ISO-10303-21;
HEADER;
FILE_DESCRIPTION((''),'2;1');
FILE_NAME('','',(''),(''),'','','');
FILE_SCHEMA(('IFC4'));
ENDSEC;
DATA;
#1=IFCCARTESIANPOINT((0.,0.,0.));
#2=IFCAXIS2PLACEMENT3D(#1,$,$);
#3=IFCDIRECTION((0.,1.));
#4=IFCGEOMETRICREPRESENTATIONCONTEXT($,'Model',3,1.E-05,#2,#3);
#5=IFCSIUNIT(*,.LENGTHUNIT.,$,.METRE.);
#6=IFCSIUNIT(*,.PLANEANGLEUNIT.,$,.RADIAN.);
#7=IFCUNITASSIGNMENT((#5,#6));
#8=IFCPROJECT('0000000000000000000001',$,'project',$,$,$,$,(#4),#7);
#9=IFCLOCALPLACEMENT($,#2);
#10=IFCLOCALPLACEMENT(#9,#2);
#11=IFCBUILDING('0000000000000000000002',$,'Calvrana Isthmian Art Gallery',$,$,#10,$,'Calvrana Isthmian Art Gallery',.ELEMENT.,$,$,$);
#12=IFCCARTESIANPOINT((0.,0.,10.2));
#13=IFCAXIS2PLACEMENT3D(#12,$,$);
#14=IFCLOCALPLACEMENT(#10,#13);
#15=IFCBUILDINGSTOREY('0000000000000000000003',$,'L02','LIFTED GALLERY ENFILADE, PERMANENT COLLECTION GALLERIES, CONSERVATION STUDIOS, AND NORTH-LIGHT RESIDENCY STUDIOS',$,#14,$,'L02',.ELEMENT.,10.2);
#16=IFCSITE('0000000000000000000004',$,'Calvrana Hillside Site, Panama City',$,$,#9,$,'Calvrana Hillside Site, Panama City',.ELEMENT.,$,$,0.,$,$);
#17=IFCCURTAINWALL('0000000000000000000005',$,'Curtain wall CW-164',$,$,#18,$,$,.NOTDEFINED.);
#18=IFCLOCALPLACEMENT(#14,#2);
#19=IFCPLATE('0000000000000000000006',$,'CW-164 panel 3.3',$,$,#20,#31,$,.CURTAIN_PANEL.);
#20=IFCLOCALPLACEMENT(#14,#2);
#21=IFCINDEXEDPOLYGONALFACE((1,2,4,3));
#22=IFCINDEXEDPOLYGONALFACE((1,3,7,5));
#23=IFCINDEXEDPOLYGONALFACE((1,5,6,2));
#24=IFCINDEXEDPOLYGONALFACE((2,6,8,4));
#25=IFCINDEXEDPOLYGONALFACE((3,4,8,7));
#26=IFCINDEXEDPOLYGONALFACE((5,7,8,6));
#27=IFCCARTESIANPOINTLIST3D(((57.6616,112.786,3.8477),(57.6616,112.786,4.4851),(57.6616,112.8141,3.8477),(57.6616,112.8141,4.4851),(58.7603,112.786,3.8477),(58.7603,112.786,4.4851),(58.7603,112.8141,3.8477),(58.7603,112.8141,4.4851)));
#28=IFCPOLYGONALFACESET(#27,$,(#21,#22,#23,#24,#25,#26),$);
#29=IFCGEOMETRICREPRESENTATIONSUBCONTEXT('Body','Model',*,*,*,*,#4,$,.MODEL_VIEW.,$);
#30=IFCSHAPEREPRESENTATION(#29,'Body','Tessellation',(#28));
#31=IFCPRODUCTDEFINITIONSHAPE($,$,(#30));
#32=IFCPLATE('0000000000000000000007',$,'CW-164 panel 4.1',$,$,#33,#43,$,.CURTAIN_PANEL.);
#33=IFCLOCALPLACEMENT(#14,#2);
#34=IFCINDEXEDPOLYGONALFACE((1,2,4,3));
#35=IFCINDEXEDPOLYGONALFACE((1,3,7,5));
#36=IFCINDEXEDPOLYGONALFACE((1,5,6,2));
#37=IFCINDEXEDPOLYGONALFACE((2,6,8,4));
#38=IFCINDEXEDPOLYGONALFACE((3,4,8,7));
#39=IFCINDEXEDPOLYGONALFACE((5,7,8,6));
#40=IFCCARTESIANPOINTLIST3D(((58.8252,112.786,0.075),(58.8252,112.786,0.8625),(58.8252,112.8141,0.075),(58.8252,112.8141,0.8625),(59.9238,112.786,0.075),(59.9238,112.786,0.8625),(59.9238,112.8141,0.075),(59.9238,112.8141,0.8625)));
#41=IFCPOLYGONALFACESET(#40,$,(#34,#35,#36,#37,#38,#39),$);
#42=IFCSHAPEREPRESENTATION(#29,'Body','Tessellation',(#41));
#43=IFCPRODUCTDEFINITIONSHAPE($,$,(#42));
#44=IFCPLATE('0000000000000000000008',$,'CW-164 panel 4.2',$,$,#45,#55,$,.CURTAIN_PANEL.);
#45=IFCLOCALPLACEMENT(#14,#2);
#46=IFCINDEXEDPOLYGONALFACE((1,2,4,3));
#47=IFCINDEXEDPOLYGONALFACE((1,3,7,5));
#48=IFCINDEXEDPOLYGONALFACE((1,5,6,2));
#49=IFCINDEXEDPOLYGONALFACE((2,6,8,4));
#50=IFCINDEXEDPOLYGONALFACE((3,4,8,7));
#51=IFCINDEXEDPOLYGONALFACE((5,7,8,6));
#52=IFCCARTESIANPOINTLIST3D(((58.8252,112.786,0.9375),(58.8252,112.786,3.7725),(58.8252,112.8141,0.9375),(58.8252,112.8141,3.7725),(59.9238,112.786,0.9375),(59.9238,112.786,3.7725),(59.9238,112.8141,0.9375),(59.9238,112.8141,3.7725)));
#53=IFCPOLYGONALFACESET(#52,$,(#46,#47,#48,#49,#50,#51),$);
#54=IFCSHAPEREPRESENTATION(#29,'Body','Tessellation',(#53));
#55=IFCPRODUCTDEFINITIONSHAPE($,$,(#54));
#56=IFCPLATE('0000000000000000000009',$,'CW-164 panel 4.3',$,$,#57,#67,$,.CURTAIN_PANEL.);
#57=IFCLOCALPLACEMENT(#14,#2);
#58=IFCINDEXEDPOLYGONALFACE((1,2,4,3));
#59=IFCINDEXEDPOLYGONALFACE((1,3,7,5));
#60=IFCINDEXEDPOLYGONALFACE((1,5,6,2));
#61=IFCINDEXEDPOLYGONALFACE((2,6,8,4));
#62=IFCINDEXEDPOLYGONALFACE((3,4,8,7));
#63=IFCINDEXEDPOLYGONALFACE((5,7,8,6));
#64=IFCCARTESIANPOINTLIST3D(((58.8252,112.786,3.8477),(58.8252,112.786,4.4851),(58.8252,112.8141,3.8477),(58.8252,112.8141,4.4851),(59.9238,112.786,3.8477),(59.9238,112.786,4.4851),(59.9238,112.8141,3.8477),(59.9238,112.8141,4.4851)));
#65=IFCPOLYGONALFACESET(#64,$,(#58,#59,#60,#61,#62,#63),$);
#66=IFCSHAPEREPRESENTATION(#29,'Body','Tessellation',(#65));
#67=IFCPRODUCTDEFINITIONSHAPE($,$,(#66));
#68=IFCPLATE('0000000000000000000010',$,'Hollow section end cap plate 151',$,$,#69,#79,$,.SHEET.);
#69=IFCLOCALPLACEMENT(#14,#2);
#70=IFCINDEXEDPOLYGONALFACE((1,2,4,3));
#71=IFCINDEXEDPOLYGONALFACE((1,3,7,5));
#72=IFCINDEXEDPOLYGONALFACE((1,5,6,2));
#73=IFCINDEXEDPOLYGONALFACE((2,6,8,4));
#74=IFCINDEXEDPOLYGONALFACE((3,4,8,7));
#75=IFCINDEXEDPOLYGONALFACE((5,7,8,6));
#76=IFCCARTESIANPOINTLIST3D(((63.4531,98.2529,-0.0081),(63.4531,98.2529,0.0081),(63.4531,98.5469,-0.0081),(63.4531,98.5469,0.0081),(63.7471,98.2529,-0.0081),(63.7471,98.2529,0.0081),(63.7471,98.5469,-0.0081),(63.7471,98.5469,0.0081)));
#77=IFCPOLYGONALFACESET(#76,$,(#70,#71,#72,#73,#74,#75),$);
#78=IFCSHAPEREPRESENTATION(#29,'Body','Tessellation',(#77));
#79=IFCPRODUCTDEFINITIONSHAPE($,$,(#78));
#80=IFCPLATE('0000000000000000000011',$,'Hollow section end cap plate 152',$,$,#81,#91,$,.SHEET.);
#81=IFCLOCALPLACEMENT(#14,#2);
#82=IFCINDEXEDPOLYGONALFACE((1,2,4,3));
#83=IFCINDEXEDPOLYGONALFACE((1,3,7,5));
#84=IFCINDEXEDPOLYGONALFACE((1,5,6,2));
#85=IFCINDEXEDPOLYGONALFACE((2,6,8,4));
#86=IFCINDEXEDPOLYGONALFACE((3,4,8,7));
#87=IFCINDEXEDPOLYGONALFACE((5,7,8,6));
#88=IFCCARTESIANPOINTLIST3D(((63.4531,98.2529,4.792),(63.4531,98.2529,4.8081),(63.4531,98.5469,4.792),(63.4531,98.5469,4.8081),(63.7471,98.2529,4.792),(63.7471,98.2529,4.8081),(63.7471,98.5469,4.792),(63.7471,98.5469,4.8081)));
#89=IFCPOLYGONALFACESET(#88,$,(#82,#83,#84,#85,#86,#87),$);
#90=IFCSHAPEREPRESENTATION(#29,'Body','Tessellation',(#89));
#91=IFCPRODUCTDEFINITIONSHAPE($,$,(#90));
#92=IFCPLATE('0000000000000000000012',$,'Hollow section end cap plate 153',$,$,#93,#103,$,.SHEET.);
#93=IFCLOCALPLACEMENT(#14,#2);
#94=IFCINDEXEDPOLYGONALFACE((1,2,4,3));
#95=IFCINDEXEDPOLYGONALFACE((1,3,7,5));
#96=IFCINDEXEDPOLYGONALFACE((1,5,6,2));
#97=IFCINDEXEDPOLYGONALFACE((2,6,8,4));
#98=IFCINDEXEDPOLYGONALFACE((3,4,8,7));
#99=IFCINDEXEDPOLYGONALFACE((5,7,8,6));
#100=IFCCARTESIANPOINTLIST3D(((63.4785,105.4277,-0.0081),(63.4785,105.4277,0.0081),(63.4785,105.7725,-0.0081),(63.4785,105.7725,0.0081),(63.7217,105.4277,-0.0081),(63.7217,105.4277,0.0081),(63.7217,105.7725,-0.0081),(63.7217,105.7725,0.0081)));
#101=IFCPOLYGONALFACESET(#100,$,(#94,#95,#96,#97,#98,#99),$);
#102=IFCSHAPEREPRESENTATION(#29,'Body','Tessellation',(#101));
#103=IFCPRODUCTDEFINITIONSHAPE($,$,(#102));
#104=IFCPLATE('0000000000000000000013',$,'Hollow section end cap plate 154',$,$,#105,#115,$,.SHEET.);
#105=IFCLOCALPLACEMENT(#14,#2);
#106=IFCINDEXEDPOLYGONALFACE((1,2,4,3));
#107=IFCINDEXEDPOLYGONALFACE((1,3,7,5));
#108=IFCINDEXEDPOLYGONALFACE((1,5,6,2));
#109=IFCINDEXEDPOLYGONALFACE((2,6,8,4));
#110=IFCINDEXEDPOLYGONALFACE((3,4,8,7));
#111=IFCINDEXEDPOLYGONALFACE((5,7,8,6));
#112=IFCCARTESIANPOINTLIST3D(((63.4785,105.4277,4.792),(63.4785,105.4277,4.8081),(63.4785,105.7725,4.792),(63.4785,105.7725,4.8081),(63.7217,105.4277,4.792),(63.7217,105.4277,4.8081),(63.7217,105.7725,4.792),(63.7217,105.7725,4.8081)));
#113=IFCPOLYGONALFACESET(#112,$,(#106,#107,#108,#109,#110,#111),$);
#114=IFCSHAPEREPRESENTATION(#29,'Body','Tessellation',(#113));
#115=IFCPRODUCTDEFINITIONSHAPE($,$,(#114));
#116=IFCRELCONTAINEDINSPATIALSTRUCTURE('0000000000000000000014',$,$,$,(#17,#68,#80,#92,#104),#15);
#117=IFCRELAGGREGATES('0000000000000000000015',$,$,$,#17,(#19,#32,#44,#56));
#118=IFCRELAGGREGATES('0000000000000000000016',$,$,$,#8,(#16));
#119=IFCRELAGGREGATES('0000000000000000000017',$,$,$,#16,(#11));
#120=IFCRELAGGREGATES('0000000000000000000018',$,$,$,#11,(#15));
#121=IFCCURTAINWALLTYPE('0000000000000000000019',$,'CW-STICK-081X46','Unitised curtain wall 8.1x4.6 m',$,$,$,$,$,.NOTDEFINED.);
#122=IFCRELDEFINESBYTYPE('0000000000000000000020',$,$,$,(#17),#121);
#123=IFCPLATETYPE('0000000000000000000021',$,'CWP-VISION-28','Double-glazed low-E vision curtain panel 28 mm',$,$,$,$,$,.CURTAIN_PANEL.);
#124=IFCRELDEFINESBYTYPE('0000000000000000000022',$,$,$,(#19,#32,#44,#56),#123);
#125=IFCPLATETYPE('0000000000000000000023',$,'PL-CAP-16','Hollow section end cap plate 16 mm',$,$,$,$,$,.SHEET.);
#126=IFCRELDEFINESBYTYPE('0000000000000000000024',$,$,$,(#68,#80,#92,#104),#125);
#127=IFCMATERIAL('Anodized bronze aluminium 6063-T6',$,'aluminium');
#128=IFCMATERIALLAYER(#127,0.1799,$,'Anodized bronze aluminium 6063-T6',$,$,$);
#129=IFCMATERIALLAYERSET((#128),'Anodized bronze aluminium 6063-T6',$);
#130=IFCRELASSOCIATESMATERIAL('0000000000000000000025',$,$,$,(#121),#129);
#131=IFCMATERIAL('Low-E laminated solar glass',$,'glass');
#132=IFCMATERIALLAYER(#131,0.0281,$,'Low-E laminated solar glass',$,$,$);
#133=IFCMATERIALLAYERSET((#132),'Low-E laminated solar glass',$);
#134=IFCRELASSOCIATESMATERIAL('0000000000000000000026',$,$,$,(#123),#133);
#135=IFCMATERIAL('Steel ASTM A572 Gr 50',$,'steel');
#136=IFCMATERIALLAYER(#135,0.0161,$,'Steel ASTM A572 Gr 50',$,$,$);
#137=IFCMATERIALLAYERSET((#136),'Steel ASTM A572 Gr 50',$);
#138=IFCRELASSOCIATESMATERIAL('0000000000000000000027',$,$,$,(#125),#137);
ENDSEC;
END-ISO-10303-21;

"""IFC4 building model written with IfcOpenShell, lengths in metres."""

from ifc_helpers import new_model, si_unit, direction, frame, origin, origin_2d, place, context, subcontext, project, spatial, rectangle, extrude, material, layer, layer_set, type_object, element, aggregate, save


model = new_model("IFC4")

# Units and contexts
model_context = context("Model", 3, precision=1e-05, world=origin(), true_north=direction((0.0, 1.0)))
body_context = subcontext(model_context, "Body", "Model", "MODEL_VIEW")
ifc_project = project(units=[si_unit("LENGTHUNIT", "METRE"), si_unit("PLANEANGLEUNIT", "RADIAN")], contexts=[model_context])

# Site, building, storey
site_placement = place(None, origin())
site = spatial("IfcSite", under=ifc_project, at=site_placement, Name="Calvrana Hillside Site, Panama City", LongName="Calvrana Hillside Site, Panama City", CompositionType="ELEMENT", RefElevation=0.0)
building_placement = place(site_placement, origin())
building = spatial("IfcBuilding", under=site, at=building_placement, Name="Calvrana Isthmian Art Gallery", LongName="Calvrana Isthmian Art Gallery", CompositionType="ELEMENT")
storey_placement = place(building_placement, frame((0.0, 0.0, 10.2)))
storey = spatial("IfcBuildingStorey", under=building, at=storey_placement, Name="L02", Description="LIFTED GALLERY ENFILADE, PERMANENT COLLECTION GALLERIES, CONSERVATION STUDIOS, AND NORTH-LIGHT RESIDENCY STUDIOS", LongName="L02", CompositionType="ELEMENT", Elevation=10.2)

# Curtain wall, plates
ifc_material_1 = material(Name="Anodized bronze aluminium 6063-T6", Category="aluminium")
ifc_layer_1 = layer(ifc_material_1, 0.1799, Name="Anodized bronze aluminium 6063-T6")
ifc_layer_set_1 = layer_set([ifc_layer_1], Name="Anodized bronze aluminium 6063-T6")
curtain_wall_type = type_object("IfcCurtainWallType", Name="CW-STICK-081X46", Description="Unitised curtain wall 8.1x4.6 m", PredefinedType="NOTDEFINED", material=ifc_layer_set_1)
curtain_wall_placement = place(storey_placement, origin())
curtain_wall = element("IfcCurtainWall", 1, at=curtain_wall_placement, inside=storey, type_object=curtain_wall_type, Name="Curtain wall CW-164", PredefinedType="NOTDEFINED")
ifc_material_2 = material(Name="Low-E laminated solar glass", Category="glass")
ifc_layer_2 = layer(ifc_material_2, 0.0281, Name="Low-E laminated solar glass")
ifc_layer_set_2 = layer_set([ifc_layer_2], Name="Low-E laminated solar glass")
plate_type_1 = type_object("IfcPlateType", Name="CWP-VISION-28", Description="Double-glazed low-E vision curtain panel 28 mm", PredefinedType="CURTAIN_PANEL", material=ifc_layer_set_2)
plate_1_placement = place(storey_placement, frame((58.2109, 112.8, 3.8477), z_axis=(0.0, 0.0, 1.0), x_axis=(1.0, 0.0, 0.0)))
plate_1 = element("IfcPlate", 2, at=plate_1_placement, type_object=plate_type_1, Name="CW-164 panel 3.3", PredefinedType="CURTAIN_PANEL", context=body_context, shape_type="SweptSolid", body=[
    extrude(rectangle(XDim=1.0986, YDim=0.0281, at=origin_2d()), origin(), (0.0, 0.0, 1.0), 0.6375),
])
plate_2_placement = place(storey_placement, frame((59.3745, 112.8, 0.075), z_axis=(0.0, 0.0, 1.0), x_axis=(1.0, 0.0, 0.0)))
plate_2 = element("IfcPlate", 3, at=plate_2_placement, type_object=plate_type_1, Name="CW-164 panel 4.1", PredefinedType="CURTAIN_PANEL", context=body_context, shape_type="SweptSolid", body=[
    extrude(rectangle(XDim=1.0986, YDim=0.0281, at=origin_2d()), origin(), (0.0, 0.0, 1.0), 0.7876),
])
plate_3_placement = place(storey_placement, frame((59.3745, 112.8, 0.9375), z_axis=(0.0, 0.0, 1.0), x_axis=(1.0, 0.0, 0.0)))
plate_3 = element("IfcPlate", 4, at=plate_3_placement, type_object=plate_type_1, Name="CW-164 panel 4.2", PredefinedType="CURTAIN_PANEL", context=body_context, shape_type="SweptSolid", body=[
    extrude(rectangle(XDim=1.0986, YDim=0.0281, at=origin_2d()), origin(), (0.0, 0.0, 1.0), 2.835),
])
plate_4_placement = place(storey_placement, frame((59.3745, 112.8, 3.8477), z_axis=(0.0, 0.0, 1.0), x_axis=(1.0, 0.0, 0.0)))
plate_4 = element("IfcPlate", 5, at=plate_4_placement, type_object=plate_type_1, Name="CW-164 panel 4.3", PredefinedType="CURTAIN_PANEL", context=body_context, shape_type="SweptSolid", body=[
    extrude(rectangle(XDim=1.0986, YDim=0.0281, at=origin_2d()), origin(), (0.0, 0.0, 1.0), 0.6375),
])
aggregate(curtain_wall, [plate_1, plate_2, plate_3, plate_4])

# Plates
ifc_material_3 = material(Name="Steel ASTM A572 Gr 50", Category="steel")
ifc_layer_3 = layer(ifc_material_3, 0.0161, Name="Steel ASTM A572 Gr 50")
ifc_layer_set_3 = layer_set([ifc_layer_3], Name="Steel ASTM A572 Gr 50")
plate_type_2 = type_object("IfcPlateType", Name="PL-CAP-16", Description="Hollow section end cap plate 16 mm", PredefinedType="SHEET", material=ifc_layer_set_3)
for number, where, z_axis, x_axis, name in (
    (6, (63.6001, 98.3999, -0.0081), (0.0, 0.0, 1.0), (1.0, 0.0, 0.0), "Hollow section end cap plate 151"),
    (7, (63.6001, 98.3999, 4.792), (0.0, 0.0, 1.0), (1.0, 0.0, 0.0), "Hollow section end cap plate 152"),
):
    element("IfcPlate", number, at=place(storey_placement, frame(where, z_axis=z_axis, x_axis=x_axis)), inside=storey, type_object=plate_type_2, Name=name, PredefinedType="SHEET", context=body_context, shape_type="SweptSolid", body=[
        extrude(rectangle(XDim=0.2939, YDim=0.2939, at=origin_2d()), origin(), (0.0, 0.0, 1.0), 0.0161),
    ])
for number, where, z_axis, x_axis, name in (
    (8, (63.6001, 105.6001, -0.0081), (0.0, 0.0, 1.0), (1.0, 0.0, 0.0), "Hollow section end cap plate 153"),
    (9, (63.6001, 105.6001, 4.792), (0.0, 0.0, 1.0), (1.0, 0.0, 0.0), "Hollow section end cap plate 154"),
):
    element("IfcPlate", number, at=place(storey_placement, frame(where, z_axis=z_axis, x_axis=x_axis)), inside=storey, type_object=plate_type_2, Name=name, PredefinedType="SHEET", context=body_context, shape_type="SweptSolid", body=[
        extrude(rectangle(XDim=0.2432, YDim=0.3447, at=origin_2d()), origin(), (0.0, 0.0, 1.0), 0.0161),
    ])

save(model, "model.ifc")
